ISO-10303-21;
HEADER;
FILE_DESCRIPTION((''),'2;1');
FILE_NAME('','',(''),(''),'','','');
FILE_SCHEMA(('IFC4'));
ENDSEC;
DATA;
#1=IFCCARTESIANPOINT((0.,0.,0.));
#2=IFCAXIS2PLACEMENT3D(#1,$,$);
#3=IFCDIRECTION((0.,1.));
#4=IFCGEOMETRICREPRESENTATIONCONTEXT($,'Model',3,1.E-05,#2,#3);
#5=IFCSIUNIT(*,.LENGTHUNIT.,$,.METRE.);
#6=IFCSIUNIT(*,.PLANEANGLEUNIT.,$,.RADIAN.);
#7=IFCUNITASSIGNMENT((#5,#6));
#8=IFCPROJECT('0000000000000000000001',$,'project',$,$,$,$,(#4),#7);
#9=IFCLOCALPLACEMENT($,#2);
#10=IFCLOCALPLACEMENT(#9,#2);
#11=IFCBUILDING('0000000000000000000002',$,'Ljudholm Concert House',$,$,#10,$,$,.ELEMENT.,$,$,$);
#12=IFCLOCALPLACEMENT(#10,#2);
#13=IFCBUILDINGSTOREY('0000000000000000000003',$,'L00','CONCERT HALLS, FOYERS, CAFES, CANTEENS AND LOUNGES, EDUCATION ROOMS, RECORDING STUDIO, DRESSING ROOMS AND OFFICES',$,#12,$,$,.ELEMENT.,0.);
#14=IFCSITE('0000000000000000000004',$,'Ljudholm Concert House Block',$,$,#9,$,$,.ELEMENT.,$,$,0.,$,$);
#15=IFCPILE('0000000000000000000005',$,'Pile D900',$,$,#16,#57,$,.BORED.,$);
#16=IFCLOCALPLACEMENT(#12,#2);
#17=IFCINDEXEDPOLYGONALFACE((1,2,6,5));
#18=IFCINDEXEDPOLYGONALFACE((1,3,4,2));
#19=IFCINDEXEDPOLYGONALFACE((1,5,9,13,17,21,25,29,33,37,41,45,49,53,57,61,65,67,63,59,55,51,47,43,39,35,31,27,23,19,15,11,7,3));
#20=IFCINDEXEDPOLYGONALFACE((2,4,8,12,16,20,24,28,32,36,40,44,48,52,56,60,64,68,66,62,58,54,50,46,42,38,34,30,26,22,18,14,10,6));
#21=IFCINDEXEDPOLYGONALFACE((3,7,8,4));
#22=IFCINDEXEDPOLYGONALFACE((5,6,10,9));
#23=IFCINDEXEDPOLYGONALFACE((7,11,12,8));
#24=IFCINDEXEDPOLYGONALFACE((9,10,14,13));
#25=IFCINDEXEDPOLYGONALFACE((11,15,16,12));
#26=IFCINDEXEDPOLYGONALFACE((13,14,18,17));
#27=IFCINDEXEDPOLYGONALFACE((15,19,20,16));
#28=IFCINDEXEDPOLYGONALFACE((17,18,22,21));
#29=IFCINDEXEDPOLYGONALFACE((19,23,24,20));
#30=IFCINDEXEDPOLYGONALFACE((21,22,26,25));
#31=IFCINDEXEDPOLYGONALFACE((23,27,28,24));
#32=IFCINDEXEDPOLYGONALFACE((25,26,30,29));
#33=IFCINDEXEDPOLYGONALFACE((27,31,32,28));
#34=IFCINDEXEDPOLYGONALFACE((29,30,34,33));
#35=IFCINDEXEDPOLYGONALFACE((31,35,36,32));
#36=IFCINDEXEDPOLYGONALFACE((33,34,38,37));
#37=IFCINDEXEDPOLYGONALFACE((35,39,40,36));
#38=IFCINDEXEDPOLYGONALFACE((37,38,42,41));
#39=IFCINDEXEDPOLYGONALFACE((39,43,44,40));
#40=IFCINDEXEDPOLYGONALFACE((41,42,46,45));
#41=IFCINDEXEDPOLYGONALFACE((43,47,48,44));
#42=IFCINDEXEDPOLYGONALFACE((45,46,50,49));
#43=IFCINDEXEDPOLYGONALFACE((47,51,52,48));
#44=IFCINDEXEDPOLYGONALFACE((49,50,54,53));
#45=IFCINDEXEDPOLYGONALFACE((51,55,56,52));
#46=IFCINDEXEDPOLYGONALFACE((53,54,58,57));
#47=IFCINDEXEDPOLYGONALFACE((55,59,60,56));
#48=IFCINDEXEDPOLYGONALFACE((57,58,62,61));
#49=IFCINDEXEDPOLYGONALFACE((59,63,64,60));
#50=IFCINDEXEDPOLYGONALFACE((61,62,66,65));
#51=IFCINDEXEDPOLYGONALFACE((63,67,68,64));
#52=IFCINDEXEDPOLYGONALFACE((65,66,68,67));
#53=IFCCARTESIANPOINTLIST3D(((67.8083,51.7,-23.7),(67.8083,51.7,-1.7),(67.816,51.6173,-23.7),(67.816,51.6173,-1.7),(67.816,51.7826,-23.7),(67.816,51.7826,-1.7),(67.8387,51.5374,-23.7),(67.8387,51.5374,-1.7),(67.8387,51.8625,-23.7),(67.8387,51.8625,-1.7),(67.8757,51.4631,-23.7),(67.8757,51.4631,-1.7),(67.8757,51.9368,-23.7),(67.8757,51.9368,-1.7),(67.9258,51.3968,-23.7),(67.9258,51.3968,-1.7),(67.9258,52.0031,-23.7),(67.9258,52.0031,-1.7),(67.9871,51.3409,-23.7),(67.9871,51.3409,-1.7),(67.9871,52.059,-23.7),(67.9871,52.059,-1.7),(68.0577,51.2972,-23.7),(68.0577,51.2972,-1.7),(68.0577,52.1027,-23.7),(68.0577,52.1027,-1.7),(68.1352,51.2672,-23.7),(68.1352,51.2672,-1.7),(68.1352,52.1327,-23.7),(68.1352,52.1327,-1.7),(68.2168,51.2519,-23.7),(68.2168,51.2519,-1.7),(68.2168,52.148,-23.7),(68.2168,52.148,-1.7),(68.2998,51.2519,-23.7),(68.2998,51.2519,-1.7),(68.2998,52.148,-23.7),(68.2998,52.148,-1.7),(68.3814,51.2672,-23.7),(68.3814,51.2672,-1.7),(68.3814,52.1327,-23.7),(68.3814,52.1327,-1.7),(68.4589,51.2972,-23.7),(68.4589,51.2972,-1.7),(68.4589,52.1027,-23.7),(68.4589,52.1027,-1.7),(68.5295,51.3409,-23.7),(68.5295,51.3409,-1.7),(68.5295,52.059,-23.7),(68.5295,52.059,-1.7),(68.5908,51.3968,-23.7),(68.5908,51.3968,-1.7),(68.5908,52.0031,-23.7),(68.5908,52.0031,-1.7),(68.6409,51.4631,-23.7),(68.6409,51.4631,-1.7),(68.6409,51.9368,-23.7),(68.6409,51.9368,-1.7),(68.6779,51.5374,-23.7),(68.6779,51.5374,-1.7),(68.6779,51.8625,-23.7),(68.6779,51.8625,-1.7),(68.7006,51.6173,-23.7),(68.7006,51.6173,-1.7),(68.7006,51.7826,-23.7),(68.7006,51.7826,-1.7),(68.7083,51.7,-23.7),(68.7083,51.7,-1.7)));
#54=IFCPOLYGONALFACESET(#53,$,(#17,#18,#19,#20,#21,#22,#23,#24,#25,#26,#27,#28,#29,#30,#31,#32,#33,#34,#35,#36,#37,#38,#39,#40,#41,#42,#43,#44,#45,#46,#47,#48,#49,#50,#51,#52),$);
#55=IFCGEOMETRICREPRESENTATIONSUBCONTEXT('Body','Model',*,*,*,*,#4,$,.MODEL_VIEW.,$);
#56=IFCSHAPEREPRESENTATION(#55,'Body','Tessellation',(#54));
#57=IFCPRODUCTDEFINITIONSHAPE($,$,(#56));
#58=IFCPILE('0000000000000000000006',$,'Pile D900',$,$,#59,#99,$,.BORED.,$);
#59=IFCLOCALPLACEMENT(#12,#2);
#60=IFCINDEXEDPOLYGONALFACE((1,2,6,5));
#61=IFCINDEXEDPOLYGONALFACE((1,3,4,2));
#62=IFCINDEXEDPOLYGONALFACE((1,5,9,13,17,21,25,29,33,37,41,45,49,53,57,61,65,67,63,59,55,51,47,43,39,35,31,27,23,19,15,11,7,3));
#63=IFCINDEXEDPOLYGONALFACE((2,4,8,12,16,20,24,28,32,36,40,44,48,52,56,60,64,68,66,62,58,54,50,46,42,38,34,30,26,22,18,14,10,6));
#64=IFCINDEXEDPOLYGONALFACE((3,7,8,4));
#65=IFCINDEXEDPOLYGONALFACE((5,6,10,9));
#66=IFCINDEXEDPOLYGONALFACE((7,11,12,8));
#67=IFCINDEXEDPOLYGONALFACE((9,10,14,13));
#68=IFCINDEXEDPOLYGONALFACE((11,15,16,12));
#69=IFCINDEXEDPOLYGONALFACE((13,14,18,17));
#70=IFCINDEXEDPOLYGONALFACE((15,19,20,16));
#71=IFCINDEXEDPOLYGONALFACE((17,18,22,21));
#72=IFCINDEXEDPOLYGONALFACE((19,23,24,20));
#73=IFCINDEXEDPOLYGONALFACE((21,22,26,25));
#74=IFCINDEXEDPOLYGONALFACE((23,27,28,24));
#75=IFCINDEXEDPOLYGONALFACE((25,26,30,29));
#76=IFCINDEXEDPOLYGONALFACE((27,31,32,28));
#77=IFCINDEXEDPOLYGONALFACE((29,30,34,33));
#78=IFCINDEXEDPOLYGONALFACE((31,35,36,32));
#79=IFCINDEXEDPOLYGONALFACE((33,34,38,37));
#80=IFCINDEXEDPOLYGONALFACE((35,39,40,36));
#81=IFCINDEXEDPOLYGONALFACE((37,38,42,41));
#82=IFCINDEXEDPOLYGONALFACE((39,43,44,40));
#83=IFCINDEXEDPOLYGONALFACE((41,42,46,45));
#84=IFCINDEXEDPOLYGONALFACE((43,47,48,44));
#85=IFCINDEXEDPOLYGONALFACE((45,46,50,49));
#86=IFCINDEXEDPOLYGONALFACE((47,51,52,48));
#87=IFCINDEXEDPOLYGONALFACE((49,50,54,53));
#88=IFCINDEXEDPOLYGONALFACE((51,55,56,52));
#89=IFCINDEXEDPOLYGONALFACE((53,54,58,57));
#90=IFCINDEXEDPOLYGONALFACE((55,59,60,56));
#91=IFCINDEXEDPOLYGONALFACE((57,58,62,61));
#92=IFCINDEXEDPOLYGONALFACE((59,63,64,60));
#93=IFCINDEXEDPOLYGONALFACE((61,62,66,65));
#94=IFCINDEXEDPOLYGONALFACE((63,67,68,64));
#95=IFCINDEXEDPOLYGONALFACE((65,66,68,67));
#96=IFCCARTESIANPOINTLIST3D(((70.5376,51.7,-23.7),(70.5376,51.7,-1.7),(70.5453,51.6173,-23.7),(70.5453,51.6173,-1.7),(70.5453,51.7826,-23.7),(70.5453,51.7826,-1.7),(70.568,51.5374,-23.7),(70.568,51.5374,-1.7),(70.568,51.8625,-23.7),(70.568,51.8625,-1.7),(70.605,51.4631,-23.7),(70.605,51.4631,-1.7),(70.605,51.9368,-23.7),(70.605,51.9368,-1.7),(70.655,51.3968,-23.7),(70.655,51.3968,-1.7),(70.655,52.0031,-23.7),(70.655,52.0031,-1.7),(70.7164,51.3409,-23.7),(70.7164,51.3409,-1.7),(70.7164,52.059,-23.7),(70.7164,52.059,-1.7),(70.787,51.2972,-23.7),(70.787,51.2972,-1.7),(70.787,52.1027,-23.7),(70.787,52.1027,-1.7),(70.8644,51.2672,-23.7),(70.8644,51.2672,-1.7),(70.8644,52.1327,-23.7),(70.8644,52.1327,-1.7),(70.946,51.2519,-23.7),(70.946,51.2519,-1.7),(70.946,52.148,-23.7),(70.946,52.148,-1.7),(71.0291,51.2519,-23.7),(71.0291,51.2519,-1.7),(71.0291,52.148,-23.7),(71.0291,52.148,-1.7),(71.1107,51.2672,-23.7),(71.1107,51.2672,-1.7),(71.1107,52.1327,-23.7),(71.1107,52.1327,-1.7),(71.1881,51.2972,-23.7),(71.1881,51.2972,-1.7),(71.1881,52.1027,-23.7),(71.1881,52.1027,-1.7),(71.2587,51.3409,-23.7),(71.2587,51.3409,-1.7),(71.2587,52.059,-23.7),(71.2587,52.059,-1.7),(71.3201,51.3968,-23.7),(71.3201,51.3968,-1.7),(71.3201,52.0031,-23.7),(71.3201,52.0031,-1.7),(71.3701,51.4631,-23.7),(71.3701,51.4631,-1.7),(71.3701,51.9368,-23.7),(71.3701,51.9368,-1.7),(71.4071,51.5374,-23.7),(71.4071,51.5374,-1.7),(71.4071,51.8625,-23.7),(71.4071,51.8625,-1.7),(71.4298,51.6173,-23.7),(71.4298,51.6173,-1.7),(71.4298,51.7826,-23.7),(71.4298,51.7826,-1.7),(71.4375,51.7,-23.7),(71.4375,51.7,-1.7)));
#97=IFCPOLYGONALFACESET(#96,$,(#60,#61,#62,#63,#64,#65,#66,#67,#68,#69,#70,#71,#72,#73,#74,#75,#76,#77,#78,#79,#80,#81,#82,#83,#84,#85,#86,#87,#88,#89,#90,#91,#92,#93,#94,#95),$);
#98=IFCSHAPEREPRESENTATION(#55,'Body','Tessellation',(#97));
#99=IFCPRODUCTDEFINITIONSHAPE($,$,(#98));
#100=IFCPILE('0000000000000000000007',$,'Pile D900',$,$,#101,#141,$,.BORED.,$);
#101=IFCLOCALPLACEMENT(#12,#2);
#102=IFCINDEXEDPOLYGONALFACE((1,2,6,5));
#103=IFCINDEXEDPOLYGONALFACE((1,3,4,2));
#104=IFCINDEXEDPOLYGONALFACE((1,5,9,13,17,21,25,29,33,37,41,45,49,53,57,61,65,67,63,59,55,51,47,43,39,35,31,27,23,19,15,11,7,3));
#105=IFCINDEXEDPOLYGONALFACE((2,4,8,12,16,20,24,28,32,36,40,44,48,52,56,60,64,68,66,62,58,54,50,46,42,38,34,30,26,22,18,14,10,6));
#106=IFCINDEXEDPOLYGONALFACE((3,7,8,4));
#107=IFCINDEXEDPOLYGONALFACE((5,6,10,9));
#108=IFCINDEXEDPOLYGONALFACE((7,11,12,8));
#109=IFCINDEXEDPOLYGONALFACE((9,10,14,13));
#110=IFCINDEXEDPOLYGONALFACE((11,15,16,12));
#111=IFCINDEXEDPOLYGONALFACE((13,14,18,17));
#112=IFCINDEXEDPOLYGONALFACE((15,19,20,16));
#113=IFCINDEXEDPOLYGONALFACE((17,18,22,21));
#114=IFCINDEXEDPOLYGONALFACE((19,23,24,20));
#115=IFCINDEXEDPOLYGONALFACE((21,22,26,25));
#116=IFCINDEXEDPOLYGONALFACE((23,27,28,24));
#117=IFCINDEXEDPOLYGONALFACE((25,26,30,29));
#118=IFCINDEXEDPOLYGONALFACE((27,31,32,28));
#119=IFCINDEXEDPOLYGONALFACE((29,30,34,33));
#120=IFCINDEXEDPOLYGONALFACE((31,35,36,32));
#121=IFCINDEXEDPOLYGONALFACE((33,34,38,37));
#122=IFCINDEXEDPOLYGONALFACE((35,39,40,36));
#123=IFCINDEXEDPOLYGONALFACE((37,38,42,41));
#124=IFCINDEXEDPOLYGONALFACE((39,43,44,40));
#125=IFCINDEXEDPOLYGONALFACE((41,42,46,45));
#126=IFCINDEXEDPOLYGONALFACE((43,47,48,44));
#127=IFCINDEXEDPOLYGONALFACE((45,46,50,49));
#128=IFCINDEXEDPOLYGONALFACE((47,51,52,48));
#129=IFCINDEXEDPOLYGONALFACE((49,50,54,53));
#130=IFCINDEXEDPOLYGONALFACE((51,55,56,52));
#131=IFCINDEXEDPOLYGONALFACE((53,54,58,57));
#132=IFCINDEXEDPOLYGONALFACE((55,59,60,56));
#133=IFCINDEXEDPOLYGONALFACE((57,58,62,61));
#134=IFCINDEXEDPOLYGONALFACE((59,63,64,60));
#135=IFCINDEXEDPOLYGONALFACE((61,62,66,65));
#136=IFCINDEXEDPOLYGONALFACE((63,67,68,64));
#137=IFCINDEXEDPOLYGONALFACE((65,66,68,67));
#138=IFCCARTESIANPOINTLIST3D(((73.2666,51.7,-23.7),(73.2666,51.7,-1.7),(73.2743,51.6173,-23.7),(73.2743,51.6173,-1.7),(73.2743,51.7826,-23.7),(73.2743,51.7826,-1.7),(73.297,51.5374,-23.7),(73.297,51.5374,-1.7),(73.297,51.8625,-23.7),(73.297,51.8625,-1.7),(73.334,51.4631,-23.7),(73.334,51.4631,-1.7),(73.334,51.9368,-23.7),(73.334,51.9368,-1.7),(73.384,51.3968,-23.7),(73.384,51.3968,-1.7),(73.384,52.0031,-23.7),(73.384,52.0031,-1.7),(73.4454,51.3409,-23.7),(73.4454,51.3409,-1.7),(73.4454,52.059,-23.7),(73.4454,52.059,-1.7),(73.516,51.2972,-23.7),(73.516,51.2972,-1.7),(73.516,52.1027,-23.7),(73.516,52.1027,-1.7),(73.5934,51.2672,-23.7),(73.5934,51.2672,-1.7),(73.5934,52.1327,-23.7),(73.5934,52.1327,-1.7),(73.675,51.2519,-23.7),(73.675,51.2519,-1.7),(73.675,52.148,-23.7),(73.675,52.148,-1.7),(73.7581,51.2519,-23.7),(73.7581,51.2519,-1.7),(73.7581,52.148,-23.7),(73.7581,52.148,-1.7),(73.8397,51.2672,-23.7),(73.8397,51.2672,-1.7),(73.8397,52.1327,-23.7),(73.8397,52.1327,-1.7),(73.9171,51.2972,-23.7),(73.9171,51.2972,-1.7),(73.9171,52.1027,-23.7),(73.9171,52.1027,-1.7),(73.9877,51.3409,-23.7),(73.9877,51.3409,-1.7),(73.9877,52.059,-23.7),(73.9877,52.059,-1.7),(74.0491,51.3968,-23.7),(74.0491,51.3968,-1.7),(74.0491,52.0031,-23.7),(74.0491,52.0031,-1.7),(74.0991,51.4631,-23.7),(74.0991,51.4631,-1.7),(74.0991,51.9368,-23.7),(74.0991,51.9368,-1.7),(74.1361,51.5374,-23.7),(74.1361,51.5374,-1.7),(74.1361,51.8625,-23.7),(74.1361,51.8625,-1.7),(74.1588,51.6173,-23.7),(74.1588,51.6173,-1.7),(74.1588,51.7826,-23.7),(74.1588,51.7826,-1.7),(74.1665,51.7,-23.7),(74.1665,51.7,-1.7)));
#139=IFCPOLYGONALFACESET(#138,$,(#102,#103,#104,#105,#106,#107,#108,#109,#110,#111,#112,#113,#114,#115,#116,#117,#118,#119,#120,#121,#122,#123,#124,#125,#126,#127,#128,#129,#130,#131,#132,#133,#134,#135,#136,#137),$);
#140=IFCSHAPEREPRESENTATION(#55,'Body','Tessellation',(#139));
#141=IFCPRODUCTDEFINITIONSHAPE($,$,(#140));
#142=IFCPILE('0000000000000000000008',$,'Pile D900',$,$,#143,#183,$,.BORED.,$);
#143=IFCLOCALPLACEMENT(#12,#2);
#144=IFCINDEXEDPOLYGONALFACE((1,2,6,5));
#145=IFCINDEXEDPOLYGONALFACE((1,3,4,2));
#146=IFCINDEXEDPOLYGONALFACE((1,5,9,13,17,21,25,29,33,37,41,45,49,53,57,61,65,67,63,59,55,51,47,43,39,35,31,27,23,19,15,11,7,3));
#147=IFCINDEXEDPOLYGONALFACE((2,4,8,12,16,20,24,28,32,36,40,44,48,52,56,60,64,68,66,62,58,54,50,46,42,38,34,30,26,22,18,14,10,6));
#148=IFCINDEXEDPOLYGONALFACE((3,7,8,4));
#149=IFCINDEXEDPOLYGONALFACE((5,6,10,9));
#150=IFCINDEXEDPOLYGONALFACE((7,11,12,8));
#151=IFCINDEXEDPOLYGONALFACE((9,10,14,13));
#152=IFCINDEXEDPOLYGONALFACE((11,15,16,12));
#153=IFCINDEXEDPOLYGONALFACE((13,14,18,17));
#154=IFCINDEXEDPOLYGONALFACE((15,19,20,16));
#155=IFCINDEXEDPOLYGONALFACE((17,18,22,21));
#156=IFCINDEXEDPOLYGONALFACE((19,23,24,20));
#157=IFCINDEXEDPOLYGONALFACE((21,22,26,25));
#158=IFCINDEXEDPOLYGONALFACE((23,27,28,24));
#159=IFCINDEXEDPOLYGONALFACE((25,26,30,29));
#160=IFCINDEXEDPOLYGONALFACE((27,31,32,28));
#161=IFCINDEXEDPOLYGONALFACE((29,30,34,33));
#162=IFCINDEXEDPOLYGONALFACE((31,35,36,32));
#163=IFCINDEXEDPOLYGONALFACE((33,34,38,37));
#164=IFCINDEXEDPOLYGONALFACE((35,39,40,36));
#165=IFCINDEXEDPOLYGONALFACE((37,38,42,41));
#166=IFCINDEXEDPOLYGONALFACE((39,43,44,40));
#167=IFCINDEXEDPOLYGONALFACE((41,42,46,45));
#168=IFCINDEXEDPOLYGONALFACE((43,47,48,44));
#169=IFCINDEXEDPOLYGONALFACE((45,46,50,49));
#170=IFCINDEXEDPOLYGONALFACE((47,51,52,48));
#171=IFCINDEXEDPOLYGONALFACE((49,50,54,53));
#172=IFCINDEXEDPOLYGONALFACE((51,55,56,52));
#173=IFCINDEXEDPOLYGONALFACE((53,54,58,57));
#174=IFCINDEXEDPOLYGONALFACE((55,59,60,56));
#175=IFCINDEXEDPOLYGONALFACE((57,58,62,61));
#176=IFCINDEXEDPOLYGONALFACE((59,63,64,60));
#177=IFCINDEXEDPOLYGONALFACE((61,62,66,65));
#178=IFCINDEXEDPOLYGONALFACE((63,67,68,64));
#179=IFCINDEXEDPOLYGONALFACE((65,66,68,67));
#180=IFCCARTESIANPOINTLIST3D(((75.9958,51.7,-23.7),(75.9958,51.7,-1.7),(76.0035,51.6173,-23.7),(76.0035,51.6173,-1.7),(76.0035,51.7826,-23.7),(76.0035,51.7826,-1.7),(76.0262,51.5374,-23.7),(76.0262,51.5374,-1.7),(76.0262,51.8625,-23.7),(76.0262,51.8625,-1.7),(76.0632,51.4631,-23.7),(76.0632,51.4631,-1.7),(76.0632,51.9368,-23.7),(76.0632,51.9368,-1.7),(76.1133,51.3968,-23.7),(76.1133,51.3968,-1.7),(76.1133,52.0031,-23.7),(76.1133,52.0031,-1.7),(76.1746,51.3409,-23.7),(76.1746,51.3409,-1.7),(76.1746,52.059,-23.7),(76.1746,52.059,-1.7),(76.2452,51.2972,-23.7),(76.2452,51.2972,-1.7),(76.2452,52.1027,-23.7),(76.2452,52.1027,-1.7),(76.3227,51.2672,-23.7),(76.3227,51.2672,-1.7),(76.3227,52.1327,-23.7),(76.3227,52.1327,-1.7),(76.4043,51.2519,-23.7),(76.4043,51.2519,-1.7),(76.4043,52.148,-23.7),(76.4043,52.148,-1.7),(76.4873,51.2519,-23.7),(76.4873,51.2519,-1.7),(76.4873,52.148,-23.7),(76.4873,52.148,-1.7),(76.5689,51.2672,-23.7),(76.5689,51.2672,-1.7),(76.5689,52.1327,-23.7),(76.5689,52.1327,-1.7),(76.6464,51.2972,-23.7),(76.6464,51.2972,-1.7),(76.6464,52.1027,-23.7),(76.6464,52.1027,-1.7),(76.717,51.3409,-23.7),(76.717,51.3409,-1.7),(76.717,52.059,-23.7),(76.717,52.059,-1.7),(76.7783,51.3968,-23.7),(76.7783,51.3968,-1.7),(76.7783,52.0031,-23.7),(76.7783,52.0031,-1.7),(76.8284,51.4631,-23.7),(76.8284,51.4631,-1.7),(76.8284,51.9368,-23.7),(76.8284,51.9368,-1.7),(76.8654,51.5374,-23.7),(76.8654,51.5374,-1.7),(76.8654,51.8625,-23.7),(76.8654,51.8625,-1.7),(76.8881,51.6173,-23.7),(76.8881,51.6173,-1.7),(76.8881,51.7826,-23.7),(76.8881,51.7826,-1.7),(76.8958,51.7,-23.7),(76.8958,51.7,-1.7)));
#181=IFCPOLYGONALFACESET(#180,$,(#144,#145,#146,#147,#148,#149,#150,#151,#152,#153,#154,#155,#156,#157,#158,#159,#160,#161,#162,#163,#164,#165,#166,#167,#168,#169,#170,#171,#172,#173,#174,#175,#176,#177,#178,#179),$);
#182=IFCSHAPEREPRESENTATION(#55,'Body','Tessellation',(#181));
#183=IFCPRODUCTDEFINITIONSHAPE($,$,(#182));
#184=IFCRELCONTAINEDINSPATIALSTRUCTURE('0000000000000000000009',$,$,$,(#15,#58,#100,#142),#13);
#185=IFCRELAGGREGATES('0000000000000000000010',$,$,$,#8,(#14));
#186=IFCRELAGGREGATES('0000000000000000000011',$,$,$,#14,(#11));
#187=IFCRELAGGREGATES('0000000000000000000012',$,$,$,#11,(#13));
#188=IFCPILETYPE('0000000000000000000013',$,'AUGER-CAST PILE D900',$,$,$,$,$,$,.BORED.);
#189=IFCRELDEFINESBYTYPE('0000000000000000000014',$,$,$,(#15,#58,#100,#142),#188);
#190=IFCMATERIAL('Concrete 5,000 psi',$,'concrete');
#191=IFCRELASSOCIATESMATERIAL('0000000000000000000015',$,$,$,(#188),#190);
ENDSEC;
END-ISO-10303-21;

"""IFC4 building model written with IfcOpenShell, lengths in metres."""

from ifc_helpers import new_model, si_unit, direction, frame, origin, origin_2d, place, context, subcontext, project, spatial, circle, extrude, material, material_profile, profile_set, type_object, element, save


model = new_model("IFC4")

# Units and contexts
model_context = context("Model", 3, precision=1e-05, world=origin(), true_north=direction((0.0, 1.0)))
body_context = subcontext(model_context, "Body", "Model", "MODEL_VIEW")
ifc_project = project(units=[si_unit("LENGTHUNIT", "METRE"), si_unit("PLANEANGLEUNIT", "RADIAN")], contexts=[model_context])

# Site, building, storey
site_placement = place(None, origin())
site = spatial("IfcSite", under=ifc_project, at=site_placement, Name="Ljudholm Concert House Block", CompositionType="ELEMENT", RefElevation=0.0)
building_placement = place(site_placement, origin())
building = spatial("IfcBuilding", under=site, at=building_placement, Name="Ljudholm Concert House", CompositionType="ELEMENT")
storey_placement = place(building_placement, origin())
storey = spatial("IfcBuildingStorey", under=building, at=storey_placement, Name="L00", Description="CONCERT HALLS, FOYERS, CAFES, CANTEENS AND LOUNGES, EDUCATION ROOMS, RECORDING STUDIO, DRESSING ROOMS AND OFFICES", CompositionType="ELEMENT", Elevation=0.0)

# Piles
ifc_material_1 = material(Name="Concrete 5,000 psi", Category="concrete")
ifc_material_profile = material_profile(ifc_material_1, circle(Radius=0.45, at=origin_2d()), Name="AUGER-CAST PILE D900")
ifc_profile_set = profile_set([ifc_material_profile], Name="Concrete 5,000 psi")
pile_type = type_object("IfcPileType", Name="AUGER-CAST PILE D900", PredefinedType="BORED", material=ifc_profile_set)
for number, where, z_axis, x_axis, name in (
    (1, (68.2583, 51.7, -1.7), (0.0, 0.0, -1.0), (1.0, 0.0, 0.0), "Pile D900"),
    (2, (70.9875, 51.7, -1.7), (0.0, 0.0, -1.0), (1.0, 0.0, 0.0), "Pile D900"),
    (3, (73.7166, 51.7, -1.7), (0.0, 0.0, -1.0), (1.0, 0.0, 0.0), "Pile D900"),
    (4, (76.4458, 51.7, -1.7), (0.0, 0.0, -1.0), (1.0, 0.0, 0.0), "Pile D900"),
):
    element("IfcPile", number, at=place(storey_placement, frame(where, z_axis=z_axis, x_axis=x_axis)), inside=storey, type_object=pile_type, Name=name, PredefinedType="BORED", context=body_context, shape_type="SweptSolid", body=[
        extrude(circle(Radius=0.45, at=origin_2d()), origin(), (0.0, 0.0, 1.0), 22.0),
    ])

save(model, "model.ifc")
